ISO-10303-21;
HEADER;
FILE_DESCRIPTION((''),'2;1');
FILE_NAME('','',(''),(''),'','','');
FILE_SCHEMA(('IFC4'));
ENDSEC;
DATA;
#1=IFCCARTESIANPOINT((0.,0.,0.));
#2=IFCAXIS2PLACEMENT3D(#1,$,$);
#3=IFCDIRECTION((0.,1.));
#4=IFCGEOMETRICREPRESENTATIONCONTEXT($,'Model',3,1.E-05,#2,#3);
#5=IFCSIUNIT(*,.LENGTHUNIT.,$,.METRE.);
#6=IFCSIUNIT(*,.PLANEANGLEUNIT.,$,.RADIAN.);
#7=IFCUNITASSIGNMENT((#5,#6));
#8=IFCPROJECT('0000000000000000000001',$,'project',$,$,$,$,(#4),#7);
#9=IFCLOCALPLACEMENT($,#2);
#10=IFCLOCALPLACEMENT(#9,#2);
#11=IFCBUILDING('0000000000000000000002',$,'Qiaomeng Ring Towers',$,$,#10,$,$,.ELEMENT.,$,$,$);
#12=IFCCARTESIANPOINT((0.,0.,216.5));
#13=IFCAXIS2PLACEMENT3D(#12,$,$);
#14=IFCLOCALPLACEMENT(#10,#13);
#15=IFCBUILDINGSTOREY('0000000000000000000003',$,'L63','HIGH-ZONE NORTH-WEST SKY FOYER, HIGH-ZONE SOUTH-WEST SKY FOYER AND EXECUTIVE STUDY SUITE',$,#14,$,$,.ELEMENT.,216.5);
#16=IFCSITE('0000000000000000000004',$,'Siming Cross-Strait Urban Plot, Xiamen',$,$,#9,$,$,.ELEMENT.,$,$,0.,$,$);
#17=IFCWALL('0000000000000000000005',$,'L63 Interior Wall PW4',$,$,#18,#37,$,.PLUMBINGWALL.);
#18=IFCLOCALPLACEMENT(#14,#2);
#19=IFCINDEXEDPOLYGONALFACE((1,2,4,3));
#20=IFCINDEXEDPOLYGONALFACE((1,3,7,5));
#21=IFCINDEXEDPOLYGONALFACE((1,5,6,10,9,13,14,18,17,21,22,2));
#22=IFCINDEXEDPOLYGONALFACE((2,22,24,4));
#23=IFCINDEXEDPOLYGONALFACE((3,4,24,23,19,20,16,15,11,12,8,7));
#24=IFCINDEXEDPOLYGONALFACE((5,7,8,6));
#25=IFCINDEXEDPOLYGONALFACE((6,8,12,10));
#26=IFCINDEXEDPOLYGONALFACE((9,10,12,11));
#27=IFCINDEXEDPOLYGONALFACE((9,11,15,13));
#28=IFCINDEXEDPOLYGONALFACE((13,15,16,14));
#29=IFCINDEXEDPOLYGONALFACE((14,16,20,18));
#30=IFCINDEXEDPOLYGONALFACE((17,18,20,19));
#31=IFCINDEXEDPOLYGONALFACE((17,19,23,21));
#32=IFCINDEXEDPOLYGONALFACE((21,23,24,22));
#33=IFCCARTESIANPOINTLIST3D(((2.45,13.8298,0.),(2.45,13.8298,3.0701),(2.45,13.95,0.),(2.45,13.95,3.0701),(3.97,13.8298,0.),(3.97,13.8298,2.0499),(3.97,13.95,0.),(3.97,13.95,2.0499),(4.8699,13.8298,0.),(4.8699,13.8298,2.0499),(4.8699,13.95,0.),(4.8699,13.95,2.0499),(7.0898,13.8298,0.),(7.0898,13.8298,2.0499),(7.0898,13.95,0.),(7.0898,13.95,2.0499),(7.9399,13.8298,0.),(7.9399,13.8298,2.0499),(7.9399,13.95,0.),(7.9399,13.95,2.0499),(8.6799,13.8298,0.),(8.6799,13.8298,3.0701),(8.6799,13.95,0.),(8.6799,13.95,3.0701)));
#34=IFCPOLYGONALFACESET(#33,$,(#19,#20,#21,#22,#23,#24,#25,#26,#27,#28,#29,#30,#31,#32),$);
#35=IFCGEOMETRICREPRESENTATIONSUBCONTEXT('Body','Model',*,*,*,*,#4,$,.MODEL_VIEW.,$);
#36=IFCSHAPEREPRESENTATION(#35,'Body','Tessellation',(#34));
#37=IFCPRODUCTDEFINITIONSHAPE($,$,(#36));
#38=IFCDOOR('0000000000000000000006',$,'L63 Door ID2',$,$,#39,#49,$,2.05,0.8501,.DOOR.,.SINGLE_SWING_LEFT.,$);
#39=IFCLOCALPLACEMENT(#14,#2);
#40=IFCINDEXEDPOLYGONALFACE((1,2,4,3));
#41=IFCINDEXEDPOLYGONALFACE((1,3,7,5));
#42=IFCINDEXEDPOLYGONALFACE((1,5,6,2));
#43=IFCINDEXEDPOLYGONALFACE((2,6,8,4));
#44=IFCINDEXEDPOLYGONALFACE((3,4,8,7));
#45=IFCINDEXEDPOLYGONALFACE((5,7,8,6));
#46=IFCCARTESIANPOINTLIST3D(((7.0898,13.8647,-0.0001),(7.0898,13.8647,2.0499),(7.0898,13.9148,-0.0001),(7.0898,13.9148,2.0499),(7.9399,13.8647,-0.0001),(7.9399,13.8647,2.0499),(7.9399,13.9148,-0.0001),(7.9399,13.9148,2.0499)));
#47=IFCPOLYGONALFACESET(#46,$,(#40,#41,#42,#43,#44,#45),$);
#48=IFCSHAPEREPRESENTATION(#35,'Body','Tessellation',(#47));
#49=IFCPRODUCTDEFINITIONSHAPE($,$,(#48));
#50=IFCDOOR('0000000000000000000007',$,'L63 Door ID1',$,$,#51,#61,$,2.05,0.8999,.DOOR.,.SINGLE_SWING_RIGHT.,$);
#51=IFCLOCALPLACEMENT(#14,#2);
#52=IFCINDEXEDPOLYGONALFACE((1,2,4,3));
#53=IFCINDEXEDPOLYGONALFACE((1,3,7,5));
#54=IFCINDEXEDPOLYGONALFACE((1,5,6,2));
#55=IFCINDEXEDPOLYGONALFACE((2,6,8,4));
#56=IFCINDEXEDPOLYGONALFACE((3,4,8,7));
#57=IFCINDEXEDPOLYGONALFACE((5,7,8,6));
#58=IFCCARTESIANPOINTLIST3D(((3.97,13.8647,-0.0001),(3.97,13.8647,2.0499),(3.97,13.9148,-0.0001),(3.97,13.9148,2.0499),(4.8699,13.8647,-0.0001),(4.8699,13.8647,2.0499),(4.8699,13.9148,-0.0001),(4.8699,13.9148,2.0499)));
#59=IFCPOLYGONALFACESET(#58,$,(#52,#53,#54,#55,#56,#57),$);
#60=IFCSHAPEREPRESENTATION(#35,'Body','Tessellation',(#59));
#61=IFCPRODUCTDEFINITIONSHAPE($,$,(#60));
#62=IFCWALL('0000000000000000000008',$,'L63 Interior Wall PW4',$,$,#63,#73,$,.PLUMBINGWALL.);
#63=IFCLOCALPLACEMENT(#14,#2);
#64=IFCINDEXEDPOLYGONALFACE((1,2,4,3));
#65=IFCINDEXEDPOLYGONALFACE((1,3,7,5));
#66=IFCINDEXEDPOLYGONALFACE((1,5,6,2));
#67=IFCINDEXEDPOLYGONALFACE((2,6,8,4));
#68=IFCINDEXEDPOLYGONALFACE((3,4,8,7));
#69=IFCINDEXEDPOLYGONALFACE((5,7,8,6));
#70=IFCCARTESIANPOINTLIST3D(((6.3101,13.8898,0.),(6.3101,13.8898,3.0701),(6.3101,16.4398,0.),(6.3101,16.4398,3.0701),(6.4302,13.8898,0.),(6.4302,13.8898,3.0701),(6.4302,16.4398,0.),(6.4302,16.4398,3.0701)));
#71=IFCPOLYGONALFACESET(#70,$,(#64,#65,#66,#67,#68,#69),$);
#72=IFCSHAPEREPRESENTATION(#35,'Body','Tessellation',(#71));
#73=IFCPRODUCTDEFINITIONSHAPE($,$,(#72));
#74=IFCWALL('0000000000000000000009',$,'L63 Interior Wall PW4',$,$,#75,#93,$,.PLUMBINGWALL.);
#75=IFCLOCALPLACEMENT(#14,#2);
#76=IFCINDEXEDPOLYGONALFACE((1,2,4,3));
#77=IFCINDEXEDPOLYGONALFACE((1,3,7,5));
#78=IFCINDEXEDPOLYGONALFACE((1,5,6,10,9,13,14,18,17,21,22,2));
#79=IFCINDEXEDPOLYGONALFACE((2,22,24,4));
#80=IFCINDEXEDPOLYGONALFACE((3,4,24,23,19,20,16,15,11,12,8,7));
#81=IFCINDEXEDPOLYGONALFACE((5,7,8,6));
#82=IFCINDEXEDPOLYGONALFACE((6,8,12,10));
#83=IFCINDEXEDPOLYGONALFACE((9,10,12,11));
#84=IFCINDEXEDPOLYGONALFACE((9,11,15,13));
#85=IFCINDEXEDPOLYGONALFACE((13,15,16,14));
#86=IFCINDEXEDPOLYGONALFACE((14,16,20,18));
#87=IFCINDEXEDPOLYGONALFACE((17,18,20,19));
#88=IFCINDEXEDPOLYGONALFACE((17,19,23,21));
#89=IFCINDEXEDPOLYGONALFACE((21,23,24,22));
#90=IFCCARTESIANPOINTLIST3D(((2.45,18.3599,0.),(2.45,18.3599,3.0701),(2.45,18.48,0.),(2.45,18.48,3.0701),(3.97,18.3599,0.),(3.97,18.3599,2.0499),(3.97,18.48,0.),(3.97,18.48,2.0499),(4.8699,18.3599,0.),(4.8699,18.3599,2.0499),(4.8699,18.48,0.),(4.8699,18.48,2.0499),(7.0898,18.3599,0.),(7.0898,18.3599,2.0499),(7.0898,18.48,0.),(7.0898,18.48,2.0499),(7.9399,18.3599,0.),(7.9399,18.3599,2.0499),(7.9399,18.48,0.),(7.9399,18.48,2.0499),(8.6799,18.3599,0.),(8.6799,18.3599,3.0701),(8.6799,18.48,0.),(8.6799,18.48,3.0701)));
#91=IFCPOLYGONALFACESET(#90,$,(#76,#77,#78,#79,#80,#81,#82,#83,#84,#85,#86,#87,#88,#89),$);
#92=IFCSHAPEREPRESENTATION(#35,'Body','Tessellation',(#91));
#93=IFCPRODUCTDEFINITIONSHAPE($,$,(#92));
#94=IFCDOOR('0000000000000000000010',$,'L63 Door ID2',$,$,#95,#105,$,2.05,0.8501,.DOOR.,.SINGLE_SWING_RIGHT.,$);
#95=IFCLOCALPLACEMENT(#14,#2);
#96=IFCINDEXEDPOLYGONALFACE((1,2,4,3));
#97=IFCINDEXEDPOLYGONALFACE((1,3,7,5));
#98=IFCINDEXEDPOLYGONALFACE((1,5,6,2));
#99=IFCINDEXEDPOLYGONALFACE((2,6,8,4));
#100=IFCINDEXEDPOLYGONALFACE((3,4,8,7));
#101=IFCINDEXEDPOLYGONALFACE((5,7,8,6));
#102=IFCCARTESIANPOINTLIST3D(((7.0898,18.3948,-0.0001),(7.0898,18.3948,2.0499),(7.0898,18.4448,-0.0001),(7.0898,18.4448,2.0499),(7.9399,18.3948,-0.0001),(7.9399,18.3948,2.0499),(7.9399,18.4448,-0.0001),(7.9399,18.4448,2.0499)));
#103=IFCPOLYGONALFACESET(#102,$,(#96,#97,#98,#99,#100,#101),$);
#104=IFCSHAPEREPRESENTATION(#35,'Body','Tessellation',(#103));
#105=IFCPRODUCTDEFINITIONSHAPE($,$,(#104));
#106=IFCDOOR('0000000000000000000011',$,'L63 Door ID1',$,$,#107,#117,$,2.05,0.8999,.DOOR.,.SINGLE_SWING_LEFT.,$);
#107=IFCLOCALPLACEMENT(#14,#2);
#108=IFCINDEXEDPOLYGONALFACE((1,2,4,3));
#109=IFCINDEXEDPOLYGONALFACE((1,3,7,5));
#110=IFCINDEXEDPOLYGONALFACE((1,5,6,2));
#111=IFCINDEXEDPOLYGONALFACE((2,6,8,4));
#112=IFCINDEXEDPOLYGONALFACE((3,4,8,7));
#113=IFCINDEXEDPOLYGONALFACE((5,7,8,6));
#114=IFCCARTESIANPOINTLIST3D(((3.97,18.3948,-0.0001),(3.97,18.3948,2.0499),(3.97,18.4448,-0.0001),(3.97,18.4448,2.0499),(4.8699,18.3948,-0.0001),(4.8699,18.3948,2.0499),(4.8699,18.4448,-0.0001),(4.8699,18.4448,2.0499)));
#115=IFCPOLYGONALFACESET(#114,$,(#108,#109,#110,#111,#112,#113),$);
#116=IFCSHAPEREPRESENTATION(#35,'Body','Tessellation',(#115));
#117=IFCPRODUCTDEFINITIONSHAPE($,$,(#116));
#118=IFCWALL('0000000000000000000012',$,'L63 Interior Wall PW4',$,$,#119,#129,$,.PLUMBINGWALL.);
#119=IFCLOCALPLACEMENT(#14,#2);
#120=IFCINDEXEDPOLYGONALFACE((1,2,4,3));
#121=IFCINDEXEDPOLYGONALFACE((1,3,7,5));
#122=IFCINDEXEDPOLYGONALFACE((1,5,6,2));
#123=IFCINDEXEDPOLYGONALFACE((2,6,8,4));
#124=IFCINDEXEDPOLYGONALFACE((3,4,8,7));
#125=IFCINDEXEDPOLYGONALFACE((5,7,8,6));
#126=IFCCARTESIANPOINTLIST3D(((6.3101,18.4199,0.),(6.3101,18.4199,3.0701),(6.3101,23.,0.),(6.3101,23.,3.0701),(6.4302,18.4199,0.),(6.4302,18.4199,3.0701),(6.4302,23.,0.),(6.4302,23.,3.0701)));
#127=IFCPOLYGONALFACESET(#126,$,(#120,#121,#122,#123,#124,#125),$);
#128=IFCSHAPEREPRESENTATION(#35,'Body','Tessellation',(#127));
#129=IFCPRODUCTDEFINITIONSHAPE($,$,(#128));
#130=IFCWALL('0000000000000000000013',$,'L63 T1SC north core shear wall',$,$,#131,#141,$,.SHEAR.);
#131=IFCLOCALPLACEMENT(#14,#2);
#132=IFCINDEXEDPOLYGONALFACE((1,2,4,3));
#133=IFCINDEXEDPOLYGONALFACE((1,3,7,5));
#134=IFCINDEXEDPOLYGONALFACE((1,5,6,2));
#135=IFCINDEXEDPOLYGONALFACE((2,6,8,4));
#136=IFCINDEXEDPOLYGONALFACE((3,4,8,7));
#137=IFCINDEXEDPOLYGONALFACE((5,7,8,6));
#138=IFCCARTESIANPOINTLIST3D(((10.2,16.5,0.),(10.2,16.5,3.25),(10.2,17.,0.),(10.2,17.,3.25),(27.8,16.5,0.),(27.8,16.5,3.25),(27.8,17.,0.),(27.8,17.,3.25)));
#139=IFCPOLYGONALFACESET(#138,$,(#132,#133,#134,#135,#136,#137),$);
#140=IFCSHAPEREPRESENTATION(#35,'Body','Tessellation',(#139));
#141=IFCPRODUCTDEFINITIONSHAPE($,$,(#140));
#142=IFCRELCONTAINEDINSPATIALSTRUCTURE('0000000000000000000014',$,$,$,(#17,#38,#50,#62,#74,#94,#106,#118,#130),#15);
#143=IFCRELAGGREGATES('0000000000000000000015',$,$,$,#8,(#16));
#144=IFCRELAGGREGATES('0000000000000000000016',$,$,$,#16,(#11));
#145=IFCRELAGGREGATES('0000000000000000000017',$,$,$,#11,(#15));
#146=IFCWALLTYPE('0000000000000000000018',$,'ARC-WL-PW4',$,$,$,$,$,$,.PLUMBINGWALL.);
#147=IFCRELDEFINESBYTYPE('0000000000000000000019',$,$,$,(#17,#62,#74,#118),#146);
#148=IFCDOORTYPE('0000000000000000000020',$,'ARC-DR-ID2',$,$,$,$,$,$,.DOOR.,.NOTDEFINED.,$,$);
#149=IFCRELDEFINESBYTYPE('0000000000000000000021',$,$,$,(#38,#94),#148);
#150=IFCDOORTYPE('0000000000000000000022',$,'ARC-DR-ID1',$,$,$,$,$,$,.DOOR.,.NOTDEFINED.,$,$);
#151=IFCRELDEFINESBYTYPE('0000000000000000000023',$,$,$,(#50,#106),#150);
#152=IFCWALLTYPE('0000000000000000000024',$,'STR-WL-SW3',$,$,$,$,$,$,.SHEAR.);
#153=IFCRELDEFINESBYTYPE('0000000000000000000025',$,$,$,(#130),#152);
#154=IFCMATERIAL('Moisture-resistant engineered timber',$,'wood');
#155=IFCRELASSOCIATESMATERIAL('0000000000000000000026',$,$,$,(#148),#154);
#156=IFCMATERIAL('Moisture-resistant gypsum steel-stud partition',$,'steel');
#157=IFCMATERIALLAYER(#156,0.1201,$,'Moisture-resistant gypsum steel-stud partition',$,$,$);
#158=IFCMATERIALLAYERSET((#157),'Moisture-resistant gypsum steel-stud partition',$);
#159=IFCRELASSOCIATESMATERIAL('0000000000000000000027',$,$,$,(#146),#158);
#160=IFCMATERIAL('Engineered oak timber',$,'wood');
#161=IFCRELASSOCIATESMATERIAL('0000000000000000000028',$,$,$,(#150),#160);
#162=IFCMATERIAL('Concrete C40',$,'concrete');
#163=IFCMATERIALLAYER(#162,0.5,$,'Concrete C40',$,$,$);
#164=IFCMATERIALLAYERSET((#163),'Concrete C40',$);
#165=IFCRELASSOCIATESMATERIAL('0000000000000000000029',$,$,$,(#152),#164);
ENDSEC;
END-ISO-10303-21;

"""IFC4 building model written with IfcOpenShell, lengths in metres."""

from ifc_helpers import new_model, si_unit, direction, frame, frame_2d, origin, place, context, subcontext, project, spatial, rectangle, extrude, source, transform, mapped, material, layer, layer_set, type_object, element, fill, save


model = new_model("IFC4")

# Units and contexts
model_context = context("Model", 3, precision=1e-05, world=origin(), true_north=direction((0.0, 1.0)))
body_context = subcontext(model_context, "Body", "Model", "MODEL_VIEW")
ifc_project = project(units=[si_unit("LENGTHUNIT", "METRE"), si_unit("PLANEANGLEUNIT", "RADIAN")], contexts=[model_context])

# Site, building, storey
site_placement = place(None, origin())
site = spatial("IfcSite", under=ifc_project, at=site_placement, Name="Siming Cross-Strait Urban Plot, Xiamen", CompositionType="ELEMENT", RefElevation=0.0)
building_placement = place(site_placement, origin())
building = spatial("IfcBuilding", under=site, at=building_placement, Name="Qiaomeng Ring Towers", CompositionType="ELEMENT")
storey_placement = place(building_placement, frame((0.0, 0.0, 216.5)))
storey = spatial("IfcBuildingStorey", under=building, at=storey_placement, Name="L63", Description="HIGH-ZONE NORTH-WEST SKY FOYER, HIGH-ZONE SOUTH-WEST SKY FOYER AND EXECUTIVE STUDY SUITE", CompositionType="ELEMENT", Elevation=216.5)

# Shared definitions
ifc_material_1 = material(Name="Concrete C40", Category="concrete")

# Shared definitions
ifc_material_2 = material(Name="Moisture-resistant engineered timber", Category="wood")
door_type_1 = type_object("IfcDoorType", Name="ARC-DR-ID2", OperationType="NOTDEFINED", PredefinedType="DOOR", material=ifc_material_2)
shared_shape_1 = source(origin(), body_context, "Body", "SweptSolid", [
    extrude(rectangle(XDim=0.8501, YDim=2.05, at=frame_2d((0.425, 1.0249))), frame((0.0, 0.0249, 0.0), z_axis=(0.0, -1.0, 0.0), x_axis=(1.0, 0.0, 0.0)), (0.0, 0.0, 1.0), 0.05),
])

# Wall, openings, doors
ifc_material_3 = material(Name="Moisture-resistant gypsum steel-stud partition", Category="steel")
ifc_layer_1 = layer(ifc_material_3, 0.1201, Name="Moisture-resistant gypsum steel-stud partition")
ifc_layer_set_1 = layer_set([ifc_layer_1], Name="Moisture-resistant gypsum steel-stud partition")
wall_type_1 = type_object("IfcWallType", Name="ARC-WL-PW4", PredefinedType="PLUMBINGWALL", material=ifc_layer_set_1)
wall_1_placement = place(storey_placement, frame((2.45, 13.8899, 0.0), z_axis=(0.0, 0.0, 1.0), x_axis=(1.0, 0.0, 0.0)))
wall_1 = element("IfcWall", 1, at=wall_1_placement, inside=storey, type_object=wall_type_1, Name="L63 Interior Wall PW4", PredefinedType="PLUMBINGWALL", context=body_context, shape_type="SweptSolid", body=[
    extrude(rectangle(XDim=6.23, YDim=0.1201, at=frame_2d((3.115, 0.0))), origin(), (0.0, 0.0, 1.0), 3.0701),
])
opening_1_placement = place(wall_1_placement, frame((1.52, 0.0, 0.0)))
opening_1 = element("IfcOpeningElement", 2, at=opening_1_placement, cuts=wall_1, PredefinedType="OPENING", context=body_context, shape_type="SweptSolid", body=[
    extrude(rectangle(XDim=0.8999, YDim=2.05, at=frame_2d((0.45, 1.0249))), frame((0.0, 0.0701, 0.0), z_axis=(0.0, -1.0, 0.0), x_axis=(1.0, 0.0, 0.0)), (0.0, 0.0, 1.0), 0.1401),
])
opening_2_placement = place(wall_1_placement, frame((4.6399, 0.0, 0.0)))
opening_2 = element("IfcOpeningElement", 3, at=opening_2_placement, cuts=wall_1, PredefinedType="OPENING", context=body_context, shape_type="SweptSolid", body=[
    extrude(rectangle(XDim=0.8501, YDim=2.05, at=frame_2d((0.425, 1.0249))), frame((0.0, 0.0701, 0.0), z_axis=(0.0, -1.0, 0.0), x_axis=(1.0, 0.0, 0.0)), (0.0, 0.0, 1.0), 0.1401),
])
door_1_placement = place(opening_2_placement, origin())
door_1 = element("IfcDoor", 4, at=door_1_placement, inside=storey, type_object=door_type_1, Name="L63 Door ID2", OperationType="SINGLE_SWING_LEFT", OverallHeight=2.05, OverallWidth=0.8501, PredefinedType="DOOR", context=body_context, shape_type="MappedRepresentation", body=[
    mapped(shared_shape_1, transform((0.0, 0.0, 0.0), x_axis=(1.0, 0.0, 0.0), y_axis=(0.0, 1.0, 0.0), z_axis=(0.0, 0.0, 1.0), scale=1.0)),
])
fill(opening_2, door_1)
ifc_material_4 = material(Name="Engineered oak timber", Category="wood")
door_type_2 = type_object("IfcDoorType", Name="ARC-DR-ID1", OperationType="NOTDEFINED", PredefinedType="DOOR", material=ifc_material_4)
shared_shape_2 = source(origin(), body_context, "Body", "SweptSolid", [
    extrude(rectangle(XDim=0.8999, YDim=2.05, at=frame_2d((0.45, 1.0249))), frame((0.0, 0.0249, 0.0), z_axis=(0.0, -1.0, 0.0), x_axis=(1.0, 0.0, 0.0)), (0.0, 0.0, 1.0), 0.05),
])
door_2_placement = place(opening_1_placement, origin())
door_2 = element("IfcDoor", 5, at=door_2_placement, inside=storey, type_object=door_type_2, Name="L63 Door ID1", OperationType="SINGLE_SWING_RIGHT", OverallHeight=2.05, OverallWidth=0.8999, PredefinedType="DOOR", context=body_context, shape_type="MappedRepresentation", body=[
    mapped(shared_shape_2, transform((0.0, 0.0, 0.0), x_axis=(1.0, 0.0, 0.0), y_axis=(0.0, 1.0, 0.0), z_axis=(0.0, 0.0, 1.0), scale=1.0)),
])
fill(opening_1, door_2)

# Wall
wall_2_placement = place(storey_placement, frame((6.3701, 13.8899, 0.0), z_axis=(0.0, 0.0, 1.0), x_axis=(0.0, 1.0, 0.0)))
element("IfcWall", 6, at=wall_2_placement, inside=storey, type_object=wall_type_1, Name="L63 Interior Wall PW4", PredefinedType="PLUMBINGWALL", context=body_context, shape_type="SweptSolid", body=[
    extrude(rectangle(XDim=2.55, YDim=0.1201, at=frame_2d((1.2749, 0.0))), origin(), (0.0, 0.0, 1.0), 3.0701),
])

# Wall, openings, doors
wall_3_placement = place(storey_placement, frame((2.45, 18.4199, 0.0), z_axis=(0.0, 0.0, 1.0), x_axis=(1.0, 0.0, 0.0)))
wall_3 = element("IfcWall", 7, at=wall_3_placement, inside=storey, type_object=wall_type_1, Name="L63 Interior Wall PW4", PredefinedType="PLUMBINGWALL", context=body_context, shape_type="SweptSolid", body=[
    extrude(rectangle(XDim=6.23, YDim=0.1201, at=frame_2d((3.115, 0.0))), origin(), (0.0, 0.0, 1.0), 3.0701),
])
opening_3_placement = place(wall_3_placement, frame((1.52, 0.0, 0.0)))
opening_3 = element("IfcOpeningElement", 8, at=opening_3_placement, cuts=wall_3, PredefinedType="OPENING", context=body_context, shape_type="SweptSolid", body=[
    extrude(rectangle(XDim=0.8999, YDim=2.05, at=frame_2d((0.45, 1.0249))), frame((0.0, 0.0701, 0.0), z_axis=(0.0, -1.0, 0.0), x_axis=(1.0, 0.0, 0.0)), (0.0, 0.0, 1.0), 0.1401),
])
opening_4_placement = place(wall_3_placement, frame((4.6399, 0.0, 0.0)))
opening_4 = element("IfcOpeningElement", 9, at=opening_4_placement, cuts=wall_3, PredefinedType="OPENING", context=body_context, shape_type="SweptSolid", body=[
    extrude(rectangle(XDim=0.8501, YDim=2.05, at=frame_2d((0.425, 1.0249))), frame((0.0, 0.0701, 0.0), z_axis=(0.0, -1.0, 0.0), x_axis=(1.0, 0.0, 0.0)), (0.0, 0.0, 1.0), 0.1401),
])
door_3_placement = place(opening_4_placement, origin())
door_3 = element("IfcDoor", 10, at=door_3_placement, inside=storey, type_object=door_type_1, Name="L63 Door ID2", OperationType="SINGLE_SWING_RIGHT", OverallHeight=2.05, OverallWidth=0.8501, PredefinedType="DOOR", context=body_context, shape_type="MappedRepresentation", body=[
    mapped(shared_shape_1, transform((0.0, 0.0, 0.0), x_axis=(1.0, 0.0, 0.0), y_axis=(0.0, 1.0, 0.0), z_axis=(0.0, 0.0, 1.0), scale=1.0)),
])
fill(opening_4, door_3)
door_4_placement = place(opening_3_placement, origin())
door_4 = element("IfcDoor", 11, at=door_4_placement, inside=storey, type_object=door_type_2, Name="L63 Door ID1", OperationType="SINGLE_SWING_LEFT", OverallHeight=2.05, OverallWidth=0.8999, PredefinedType="DOOR", context=body_context, shape_type="MappedRepresentation", body=[
    mapped(shared_shape_2, transform((0.0, 0.0, 0.0), x_axis=(1.0, 0.0, 0.0), y_axis=(0.0, 1.0, 0.0), z_axis=(0.0, 0.0, 1.0), scale=1.0)),
])
fill(opening_3, door_4)

# Walls
wall_4_placement = place(storey_placement, frame((6.3701, 18.4199, 0.0), z_axis=(0.0, 0.0, 1.0), x_axis=(0.0, 1.0, 0.0)))
element("IfcWall", 12, at=wall_4_placement, inside=storey, type_object=wall_type_1, Name="L63 Interior Wall PW4", PredefinedType="PLUMBINGWALL", context=body_context, shape_type="SweptSolid", body=[
    extrude(rectangle(XDim=4.5801, YDim=0.1201, at=frame_2d((2.29, 0.0))), origin(), (0.0, 0.0, 1.0), 3.0701),
])
ifc_layer_2 = layer(ifc_material_1, 0.5, Name="Concrete C40")
ifc_layer_set_2 = layer_set([ifc_layer_2], Name="Concrete C40")
wall_type_2 = type_object("IfcWallType", Name="STR-WL-SW3", PredefinedType="SHEAR", material=ifc_layer_set_2)
wall_5_placement = place(storey_placement, frame((10.2, 16.75, 0.0), z_axis=(0.0, 0.0, 1.0), x_axis=(1.0, 0.0, 0.0)))
element("IfcWall", 13, at=wall_5_placement, inside=storey, type_object=wall_type_2, Name="L63 T1SC north core shear wall", PredefinedType="SHEAR", context=body_context, shape_type="SweptSolid", body=[
    extrude(rectangle(XDim=17.6001, YDim=0.5, at=frame_2d((8.8, 0.0))), origin(), (0.0, 0.0, 1.0), 3.25),
])

save(model, "model.ifc")
